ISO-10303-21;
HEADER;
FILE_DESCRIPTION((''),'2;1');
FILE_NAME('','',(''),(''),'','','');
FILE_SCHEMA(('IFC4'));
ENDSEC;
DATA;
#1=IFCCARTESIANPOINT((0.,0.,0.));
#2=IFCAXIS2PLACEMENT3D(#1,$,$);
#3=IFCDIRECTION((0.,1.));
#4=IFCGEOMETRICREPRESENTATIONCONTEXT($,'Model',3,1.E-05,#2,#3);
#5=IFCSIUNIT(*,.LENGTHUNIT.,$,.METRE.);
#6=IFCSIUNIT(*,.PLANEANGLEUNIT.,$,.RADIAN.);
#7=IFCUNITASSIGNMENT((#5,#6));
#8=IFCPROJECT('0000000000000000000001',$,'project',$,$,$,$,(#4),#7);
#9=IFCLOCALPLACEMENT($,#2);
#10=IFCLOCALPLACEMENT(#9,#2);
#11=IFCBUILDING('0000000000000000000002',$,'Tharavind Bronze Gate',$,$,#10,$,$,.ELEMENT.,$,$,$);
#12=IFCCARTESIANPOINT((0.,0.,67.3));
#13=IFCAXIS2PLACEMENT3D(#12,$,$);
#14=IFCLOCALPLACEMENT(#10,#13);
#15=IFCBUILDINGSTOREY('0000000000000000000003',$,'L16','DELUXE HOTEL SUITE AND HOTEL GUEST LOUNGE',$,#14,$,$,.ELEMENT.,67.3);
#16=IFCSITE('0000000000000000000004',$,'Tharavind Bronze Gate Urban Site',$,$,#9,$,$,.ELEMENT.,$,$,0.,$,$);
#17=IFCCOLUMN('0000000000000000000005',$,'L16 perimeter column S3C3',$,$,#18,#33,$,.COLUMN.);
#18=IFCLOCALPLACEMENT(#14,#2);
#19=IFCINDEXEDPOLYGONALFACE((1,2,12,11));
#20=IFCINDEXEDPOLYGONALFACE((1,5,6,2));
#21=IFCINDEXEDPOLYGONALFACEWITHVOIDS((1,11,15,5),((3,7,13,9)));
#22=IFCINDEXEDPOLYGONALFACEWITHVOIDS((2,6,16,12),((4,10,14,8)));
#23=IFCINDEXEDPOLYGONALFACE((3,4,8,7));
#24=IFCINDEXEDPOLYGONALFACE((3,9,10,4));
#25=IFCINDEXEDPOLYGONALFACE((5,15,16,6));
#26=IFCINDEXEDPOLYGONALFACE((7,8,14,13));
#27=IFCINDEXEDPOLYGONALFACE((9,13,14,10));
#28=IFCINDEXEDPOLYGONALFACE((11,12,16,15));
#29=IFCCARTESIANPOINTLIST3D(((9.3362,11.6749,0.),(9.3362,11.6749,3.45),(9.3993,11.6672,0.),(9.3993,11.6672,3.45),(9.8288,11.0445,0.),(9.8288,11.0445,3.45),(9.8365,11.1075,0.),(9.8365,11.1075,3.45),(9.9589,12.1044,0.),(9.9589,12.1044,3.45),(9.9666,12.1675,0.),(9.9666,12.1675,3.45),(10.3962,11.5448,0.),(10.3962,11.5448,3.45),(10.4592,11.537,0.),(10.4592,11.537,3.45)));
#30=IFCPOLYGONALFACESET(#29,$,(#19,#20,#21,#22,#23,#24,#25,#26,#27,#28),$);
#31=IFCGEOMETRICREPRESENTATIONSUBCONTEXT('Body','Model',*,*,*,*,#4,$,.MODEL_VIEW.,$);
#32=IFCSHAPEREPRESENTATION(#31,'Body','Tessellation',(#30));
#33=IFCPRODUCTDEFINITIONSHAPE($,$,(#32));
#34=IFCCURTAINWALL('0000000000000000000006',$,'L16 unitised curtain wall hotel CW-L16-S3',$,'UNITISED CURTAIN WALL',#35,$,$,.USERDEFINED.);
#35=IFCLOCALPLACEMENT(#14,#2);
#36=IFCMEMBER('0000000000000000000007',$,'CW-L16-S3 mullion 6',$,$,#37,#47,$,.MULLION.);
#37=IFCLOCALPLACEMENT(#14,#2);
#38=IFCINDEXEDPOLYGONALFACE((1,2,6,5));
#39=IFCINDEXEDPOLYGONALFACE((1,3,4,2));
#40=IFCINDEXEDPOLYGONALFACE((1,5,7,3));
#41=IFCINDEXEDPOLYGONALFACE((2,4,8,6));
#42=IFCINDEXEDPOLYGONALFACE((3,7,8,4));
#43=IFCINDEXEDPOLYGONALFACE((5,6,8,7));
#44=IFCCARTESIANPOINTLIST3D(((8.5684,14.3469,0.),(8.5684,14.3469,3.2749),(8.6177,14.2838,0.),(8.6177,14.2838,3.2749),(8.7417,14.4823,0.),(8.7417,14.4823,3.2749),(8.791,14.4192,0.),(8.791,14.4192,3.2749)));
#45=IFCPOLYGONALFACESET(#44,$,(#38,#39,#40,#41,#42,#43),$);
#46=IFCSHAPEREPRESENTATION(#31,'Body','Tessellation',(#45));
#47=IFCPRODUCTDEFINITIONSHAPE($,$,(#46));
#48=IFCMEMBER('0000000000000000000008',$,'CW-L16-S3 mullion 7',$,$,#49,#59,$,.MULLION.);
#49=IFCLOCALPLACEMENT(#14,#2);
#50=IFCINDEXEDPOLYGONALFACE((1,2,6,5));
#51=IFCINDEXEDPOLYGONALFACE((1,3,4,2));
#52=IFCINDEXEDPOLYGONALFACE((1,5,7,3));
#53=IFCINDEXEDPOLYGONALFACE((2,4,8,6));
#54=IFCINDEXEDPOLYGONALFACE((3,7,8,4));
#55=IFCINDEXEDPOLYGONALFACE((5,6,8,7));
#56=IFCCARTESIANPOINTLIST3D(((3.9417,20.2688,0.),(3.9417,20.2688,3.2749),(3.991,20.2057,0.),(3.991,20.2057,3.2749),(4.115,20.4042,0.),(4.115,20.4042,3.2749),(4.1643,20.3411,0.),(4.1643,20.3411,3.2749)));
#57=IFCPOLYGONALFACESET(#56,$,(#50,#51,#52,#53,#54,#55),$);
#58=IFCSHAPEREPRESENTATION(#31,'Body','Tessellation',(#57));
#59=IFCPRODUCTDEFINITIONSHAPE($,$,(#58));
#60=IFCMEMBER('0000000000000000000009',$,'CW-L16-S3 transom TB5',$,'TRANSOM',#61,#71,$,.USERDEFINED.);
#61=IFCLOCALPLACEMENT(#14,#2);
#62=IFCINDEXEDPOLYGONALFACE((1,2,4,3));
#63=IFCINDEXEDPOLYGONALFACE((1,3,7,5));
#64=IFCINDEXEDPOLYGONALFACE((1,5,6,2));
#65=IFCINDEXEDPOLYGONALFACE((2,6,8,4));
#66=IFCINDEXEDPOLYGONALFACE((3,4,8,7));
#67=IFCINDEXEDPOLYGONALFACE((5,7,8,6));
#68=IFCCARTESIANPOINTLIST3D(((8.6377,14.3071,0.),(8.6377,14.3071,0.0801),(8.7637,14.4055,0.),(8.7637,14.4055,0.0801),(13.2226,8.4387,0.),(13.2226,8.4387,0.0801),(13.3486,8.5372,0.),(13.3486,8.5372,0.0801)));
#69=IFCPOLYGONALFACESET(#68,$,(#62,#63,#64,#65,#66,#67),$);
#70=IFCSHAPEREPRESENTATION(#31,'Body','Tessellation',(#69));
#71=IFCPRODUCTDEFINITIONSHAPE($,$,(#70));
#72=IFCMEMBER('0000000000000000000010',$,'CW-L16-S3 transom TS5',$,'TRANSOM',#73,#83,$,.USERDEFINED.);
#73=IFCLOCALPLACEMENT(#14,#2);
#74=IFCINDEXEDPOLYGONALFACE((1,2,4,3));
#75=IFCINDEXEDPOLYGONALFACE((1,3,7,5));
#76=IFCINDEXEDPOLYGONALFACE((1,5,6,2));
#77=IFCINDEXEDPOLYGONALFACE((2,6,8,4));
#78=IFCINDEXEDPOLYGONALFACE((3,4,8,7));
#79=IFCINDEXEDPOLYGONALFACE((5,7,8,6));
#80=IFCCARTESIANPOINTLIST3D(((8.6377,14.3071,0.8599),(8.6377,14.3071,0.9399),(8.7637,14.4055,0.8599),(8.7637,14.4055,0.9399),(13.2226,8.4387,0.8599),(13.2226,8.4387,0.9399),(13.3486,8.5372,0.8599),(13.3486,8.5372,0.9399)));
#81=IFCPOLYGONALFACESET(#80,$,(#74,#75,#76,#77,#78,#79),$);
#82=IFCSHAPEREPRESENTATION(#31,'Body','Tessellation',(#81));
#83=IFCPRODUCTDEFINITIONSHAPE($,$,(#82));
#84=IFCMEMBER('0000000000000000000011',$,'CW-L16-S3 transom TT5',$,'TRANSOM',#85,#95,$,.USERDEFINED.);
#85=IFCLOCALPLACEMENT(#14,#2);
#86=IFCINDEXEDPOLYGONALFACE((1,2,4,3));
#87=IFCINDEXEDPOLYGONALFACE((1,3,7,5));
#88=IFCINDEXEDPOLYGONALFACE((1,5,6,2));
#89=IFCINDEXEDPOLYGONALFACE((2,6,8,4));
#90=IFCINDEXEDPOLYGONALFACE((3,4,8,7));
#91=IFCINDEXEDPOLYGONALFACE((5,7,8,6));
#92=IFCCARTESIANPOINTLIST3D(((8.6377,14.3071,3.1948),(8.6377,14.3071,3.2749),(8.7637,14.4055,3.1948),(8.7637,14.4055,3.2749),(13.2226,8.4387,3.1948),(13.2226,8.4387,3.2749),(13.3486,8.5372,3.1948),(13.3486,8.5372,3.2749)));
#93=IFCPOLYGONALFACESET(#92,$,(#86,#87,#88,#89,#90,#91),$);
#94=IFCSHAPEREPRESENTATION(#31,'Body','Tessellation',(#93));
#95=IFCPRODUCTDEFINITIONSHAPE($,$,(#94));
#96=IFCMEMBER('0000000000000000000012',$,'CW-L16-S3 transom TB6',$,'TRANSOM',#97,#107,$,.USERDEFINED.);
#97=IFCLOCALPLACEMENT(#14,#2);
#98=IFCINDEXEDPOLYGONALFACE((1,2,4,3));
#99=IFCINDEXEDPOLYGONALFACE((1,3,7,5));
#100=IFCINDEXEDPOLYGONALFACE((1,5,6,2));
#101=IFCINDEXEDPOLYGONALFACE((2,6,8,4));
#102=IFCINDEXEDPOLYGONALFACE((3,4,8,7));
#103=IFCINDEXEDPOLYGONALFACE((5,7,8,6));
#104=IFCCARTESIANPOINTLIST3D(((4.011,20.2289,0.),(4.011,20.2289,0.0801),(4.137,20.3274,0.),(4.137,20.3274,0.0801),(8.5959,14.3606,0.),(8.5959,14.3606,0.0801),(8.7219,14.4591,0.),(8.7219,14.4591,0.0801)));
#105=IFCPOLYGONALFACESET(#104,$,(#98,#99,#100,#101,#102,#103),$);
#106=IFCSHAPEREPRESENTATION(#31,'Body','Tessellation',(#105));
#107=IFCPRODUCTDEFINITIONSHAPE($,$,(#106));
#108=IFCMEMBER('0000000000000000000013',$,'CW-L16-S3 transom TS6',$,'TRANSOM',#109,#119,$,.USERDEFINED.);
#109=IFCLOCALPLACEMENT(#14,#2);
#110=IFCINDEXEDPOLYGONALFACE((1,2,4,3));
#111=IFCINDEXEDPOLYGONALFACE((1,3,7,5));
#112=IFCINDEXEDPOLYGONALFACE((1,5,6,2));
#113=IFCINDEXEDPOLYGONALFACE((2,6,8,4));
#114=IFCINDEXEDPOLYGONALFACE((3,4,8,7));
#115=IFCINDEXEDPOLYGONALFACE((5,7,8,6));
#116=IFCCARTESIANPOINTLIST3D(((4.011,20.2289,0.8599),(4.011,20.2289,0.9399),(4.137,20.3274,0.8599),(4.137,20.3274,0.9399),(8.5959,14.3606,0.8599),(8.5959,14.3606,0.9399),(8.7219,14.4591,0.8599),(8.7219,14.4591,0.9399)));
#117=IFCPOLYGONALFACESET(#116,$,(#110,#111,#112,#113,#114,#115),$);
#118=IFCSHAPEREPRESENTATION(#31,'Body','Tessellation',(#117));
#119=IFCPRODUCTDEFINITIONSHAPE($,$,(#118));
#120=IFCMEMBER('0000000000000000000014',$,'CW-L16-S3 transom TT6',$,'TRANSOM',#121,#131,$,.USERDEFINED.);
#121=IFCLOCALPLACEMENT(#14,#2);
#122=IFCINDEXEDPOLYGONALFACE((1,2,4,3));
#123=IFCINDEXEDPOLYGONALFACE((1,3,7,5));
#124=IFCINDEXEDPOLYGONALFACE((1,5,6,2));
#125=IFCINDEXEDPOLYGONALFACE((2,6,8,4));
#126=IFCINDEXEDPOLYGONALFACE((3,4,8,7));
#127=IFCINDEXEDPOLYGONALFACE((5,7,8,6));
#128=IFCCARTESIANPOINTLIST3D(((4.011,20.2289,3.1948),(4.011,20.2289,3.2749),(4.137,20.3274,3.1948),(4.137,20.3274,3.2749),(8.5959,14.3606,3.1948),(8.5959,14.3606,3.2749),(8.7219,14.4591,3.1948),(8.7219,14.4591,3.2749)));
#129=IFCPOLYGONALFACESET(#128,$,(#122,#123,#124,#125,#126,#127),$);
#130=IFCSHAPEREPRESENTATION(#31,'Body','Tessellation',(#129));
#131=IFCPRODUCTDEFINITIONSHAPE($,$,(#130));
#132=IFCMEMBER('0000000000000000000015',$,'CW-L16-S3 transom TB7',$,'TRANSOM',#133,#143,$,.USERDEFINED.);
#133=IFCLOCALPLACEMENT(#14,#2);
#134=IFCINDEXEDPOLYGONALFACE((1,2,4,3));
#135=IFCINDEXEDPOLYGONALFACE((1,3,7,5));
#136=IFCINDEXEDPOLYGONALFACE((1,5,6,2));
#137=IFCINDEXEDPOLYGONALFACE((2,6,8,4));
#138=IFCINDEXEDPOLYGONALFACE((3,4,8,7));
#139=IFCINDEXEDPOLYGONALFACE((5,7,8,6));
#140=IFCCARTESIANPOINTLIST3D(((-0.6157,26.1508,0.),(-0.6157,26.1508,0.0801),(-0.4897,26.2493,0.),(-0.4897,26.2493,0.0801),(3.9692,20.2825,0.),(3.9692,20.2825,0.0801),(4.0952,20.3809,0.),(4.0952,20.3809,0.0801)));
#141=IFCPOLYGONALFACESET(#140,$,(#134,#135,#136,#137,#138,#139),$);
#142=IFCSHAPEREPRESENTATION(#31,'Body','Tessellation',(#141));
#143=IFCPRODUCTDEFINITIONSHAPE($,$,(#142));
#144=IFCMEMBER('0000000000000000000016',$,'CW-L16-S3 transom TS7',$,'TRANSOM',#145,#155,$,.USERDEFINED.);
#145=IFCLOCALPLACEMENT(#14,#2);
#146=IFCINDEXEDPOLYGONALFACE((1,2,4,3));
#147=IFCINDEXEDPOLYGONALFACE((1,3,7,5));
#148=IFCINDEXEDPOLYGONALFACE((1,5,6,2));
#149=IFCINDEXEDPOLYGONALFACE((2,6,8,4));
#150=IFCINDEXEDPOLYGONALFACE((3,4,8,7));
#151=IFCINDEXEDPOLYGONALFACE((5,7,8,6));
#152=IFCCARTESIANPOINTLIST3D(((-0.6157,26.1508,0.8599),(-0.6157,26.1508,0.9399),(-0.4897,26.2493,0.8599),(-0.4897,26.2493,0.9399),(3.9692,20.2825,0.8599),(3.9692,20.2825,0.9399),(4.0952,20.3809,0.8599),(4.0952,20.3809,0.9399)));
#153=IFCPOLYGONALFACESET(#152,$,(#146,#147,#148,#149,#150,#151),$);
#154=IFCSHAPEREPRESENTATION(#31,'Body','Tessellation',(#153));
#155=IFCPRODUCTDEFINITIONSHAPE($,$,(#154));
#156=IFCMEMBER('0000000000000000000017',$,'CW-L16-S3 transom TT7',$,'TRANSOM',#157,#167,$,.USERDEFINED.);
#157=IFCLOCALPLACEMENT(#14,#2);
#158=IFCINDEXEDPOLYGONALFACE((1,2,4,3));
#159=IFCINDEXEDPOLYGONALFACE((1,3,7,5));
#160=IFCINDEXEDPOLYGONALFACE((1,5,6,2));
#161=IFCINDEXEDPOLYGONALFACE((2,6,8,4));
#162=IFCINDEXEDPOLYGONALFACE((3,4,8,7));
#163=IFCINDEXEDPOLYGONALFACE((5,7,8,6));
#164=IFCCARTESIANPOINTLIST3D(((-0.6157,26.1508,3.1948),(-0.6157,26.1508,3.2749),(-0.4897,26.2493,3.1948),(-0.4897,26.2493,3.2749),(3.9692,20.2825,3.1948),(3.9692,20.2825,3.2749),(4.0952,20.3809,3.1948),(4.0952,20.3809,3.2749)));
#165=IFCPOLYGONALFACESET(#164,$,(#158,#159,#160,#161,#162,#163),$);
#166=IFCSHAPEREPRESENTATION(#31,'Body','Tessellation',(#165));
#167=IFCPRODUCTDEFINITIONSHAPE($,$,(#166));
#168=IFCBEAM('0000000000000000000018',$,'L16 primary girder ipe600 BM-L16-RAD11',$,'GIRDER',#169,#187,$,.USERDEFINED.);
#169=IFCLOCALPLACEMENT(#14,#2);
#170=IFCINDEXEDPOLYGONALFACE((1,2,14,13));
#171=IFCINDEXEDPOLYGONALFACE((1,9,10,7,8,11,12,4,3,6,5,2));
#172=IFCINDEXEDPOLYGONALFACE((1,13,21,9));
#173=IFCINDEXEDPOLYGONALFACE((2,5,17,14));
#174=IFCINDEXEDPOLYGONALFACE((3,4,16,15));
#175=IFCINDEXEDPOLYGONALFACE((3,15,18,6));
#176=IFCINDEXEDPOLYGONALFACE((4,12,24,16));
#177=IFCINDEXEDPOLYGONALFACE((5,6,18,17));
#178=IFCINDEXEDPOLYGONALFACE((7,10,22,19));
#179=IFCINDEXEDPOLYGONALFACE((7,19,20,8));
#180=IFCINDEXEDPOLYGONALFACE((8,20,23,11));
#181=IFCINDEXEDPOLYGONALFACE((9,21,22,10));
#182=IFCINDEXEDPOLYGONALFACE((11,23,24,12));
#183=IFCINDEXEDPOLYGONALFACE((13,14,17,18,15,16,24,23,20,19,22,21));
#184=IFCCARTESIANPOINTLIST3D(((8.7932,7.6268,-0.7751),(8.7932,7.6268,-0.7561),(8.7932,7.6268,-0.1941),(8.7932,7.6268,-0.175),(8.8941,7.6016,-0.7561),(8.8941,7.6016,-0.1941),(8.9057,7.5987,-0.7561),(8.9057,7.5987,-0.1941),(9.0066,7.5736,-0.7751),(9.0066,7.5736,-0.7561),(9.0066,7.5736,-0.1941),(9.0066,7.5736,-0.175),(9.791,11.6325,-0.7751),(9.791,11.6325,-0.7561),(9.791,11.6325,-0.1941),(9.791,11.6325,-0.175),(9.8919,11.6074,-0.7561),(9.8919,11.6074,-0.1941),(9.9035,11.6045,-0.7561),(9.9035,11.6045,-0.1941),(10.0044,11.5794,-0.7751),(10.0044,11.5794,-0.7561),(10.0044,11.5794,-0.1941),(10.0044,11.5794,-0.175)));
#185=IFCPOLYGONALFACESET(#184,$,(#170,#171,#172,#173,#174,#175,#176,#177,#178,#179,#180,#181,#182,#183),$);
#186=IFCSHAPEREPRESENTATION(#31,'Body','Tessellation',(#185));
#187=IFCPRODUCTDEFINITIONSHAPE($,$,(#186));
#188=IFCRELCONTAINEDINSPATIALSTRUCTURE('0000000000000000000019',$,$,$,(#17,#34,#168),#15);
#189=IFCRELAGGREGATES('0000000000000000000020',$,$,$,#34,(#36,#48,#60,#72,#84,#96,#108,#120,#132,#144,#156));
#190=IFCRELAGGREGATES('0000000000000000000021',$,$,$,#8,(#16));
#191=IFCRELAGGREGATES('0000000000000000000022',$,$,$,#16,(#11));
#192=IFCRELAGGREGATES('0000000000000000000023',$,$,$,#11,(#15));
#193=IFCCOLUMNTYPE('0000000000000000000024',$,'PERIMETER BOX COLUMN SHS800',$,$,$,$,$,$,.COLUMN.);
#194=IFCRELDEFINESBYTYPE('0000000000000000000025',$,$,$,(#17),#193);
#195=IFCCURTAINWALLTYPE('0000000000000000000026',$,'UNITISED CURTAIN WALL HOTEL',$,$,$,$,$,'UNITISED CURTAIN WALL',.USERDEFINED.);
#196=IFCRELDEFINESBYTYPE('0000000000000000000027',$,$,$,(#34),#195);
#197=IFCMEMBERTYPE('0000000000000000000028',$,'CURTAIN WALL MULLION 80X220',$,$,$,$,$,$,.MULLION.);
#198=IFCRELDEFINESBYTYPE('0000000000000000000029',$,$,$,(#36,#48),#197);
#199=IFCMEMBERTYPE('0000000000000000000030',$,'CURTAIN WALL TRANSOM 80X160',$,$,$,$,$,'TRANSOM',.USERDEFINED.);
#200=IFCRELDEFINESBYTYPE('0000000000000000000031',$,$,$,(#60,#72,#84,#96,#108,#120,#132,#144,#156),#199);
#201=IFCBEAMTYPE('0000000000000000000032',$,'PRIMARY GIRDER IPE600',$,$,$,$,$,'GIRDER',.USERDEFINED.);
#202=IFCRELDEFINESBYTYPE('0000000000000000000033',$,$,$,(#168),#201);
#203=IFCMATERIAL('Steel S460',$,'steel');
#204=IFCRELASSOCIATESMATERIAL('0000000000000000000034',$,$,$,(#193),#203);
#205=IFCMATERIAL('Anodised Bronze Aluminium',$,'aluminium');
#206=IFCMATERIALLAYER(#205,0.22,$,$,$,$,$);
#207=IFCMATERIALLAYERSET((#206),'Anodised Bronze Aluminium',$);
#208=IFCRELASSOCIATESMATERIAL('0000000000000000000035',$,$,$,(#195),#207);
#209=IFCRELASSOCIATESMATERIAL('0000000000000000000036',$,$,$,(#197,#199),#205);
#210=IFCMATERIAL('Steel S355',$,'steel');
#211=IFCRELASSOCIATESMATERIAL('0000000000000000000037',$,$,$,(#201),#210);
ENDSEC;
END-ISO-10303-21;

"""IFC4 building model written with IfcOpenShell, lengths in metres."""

from ifc_helpers import new_model, si_unit, direction, frame, origin, origin_2d, place, context, subcontext, project, spatial, rectangle, hollow_rectangle, i_section, extrude, material, layer, layer_set, material_profile, profile_set, type_object, element, aggregate, save


model = new_model("IFC4")

# Units and contexts
model_context = context("Model", 3, precision=1e-05, world=origin(), true_north=direction((0.0, 1.0)))
body_context = subcontext(model_context, "Body", "Model", "MODEL_VIEW")
ifc_project = project(units=[si_unit("LENGTHUNIT", "METRE"), si_unit("PLANEANGLEUNIT", "RADIAN")], contexts=[model_context])

# Site, building, storey
site_placement = place(None, origin())
site = spatial("IfcSite", under=ifc_project, at=site_placement, Name="Tharavind Bronze Gate Urban Site", CompositionType="ELEMENT", RefElevation=0.0)
building_placement = place(site_placement, origin())
building = spatial("IfcBuilding", under=site, at=building_placement, Name="Tharavind Bronze Gate", CompositionType="ELEMENT")
storey_placement = place(building_placement, frame((0.0, 0.0, 67.3)))
storey = spatial("IfcBuildingStorey", under=building, at=storey_placement, Name="L16", Description="DELUXE HOTEL SUITE AND HOTEL GUEST LOUNGE", CompositionType="ELEMENT", Elevation=67.3)

# Column
ifc_material_1 = material(Name="Steel S460", Category="steel")
ifc_material_profile_1 = material_profile(ifc_material_1, hollow_rectangle(XDim=0.8, YDim=0.8, WallThickness=0.0449, at=origin_2d()), Name="SHS800X45")
ifc_profile_set_1 = profile_set([ifc_material_profile_1], Name="Steel S460")
column_type = type_object("IfcColumnType", Name="PERIMETER BOX COLUMN SHS800", PredefinedType="COLUMN", material=ifc_profile_set_1)
column_placement = place(storey_placement, frame((9.8977, 11.606, 0.0), z_axis=(0.0, 0.0, 1.0), x_axis=(-0.615661, 0.788011, 0.0)))
element("IfcColumn", 1, at=column_placement, inside=storey, type_object=column_type, Name="L16 perimeter column S3C3", PredefinedType="COLUMN", context=body_context, shape_type="SweptSolid", body=[
    extrude(hollow_rectangle(XDim=0.8, YDim=0.8, WallThickness=0.0449, at=origin_2d()), origin(), (0.0, 0.0, 1.0), 3.45),
])

# Curtain wall, members
ifc_material_2 = material(Name="Anodised Bronze Aluminium", Category="aluminium")
ifc_layer_1 = layer(ifc_material_2, 0.22)
ifc_layer_set_1 = layer_set([ifc_layer_1], Name="Anodised Bronze Aluminium")
curtain_wall_type = type_object("IfcCurtainWallType", Name="UNITISED CURTAIN WALL HOTEL", ElementType="UNITISED CURTAIN WALL", PredefinedType="USERDEFINED", material=ifc_layer_set_1)
curtain_wall_placement = place(storey_placement, origin())
curtain_wall = element("IfcCurtainWall", 2, at=curtain_wall_placement, inside=storey, type_object=curtain_wall_type, Name="L16 unitised curtain wall hotel CW-L16-S3", ObjectType="UNITISED CURTAIN WALL", PredefinedType="USERDEFINED")
member_type_1 = type_object("IfcMemberType", Name="CURTAIN WALL MULLION 80X220", PredefinedType="MULLION", material=ifc_material_2)
member_1_placement = place(storey_placement, frame((8.6797, 14.3831, 0.0), z_axis=(0.0, 0.0, 1.0), x_axis=(-0.615661, 0.788011, 0.0)))
member_1 = element("IfcMember", 3, at=member_1_placement, type_object=member_type_1, Name="CW-L16-S3 mullion 6", PredefinedType="MULLION", context=body_context, shape_type="SweptSolid", body=[
    extrude(rectangle(XDim=0.0801, YDim=0.22, at=origin_2d()), origin(), (0.0, 0.0, 1.0), 3.2749),
])
member_2_placement = place(storey_placement, frame((4.053, 20.3049, 0.0), z_axis=(0.0, 0.0, 1.0), x_axis=(-0.615661, 0.788011, 0.0)))
member_2 = element("IfcMember", 4, at=member_2_placement, type_object=member_type_1, Name="CW-L16-S3 mullion 7", PredefinedType="MULLION", context=body_context, shape_type="SweptSolid", body=[
    extrude(rectangle(XDim=0.0801, YDim=0.22, at=origin_2d()), origin(), (0.0, 0.0, 1.0), 3.2749),
])
member_type_2 = type_object("IfcMemberType", Name="CURTAIN WALL TRANSOM 80X160", ElementType="TRANSOM", PredefinedType="USERDEFINED", material=ifc_material_2)
member_3_placement = place(storey_placement, frame((10.9932, 11.4221, 0.0), z_axis=(0.0, 0.0, 1.0), x_axis=(-0.615661, 0.788011, 0.0)))
member_3 = element("IfcMember", 5, at=member_3_placement, type_object=member_type_2, Name="CW-L16-S3 transom TB5", ObjectType="TRANSOM", PredefinedType="USERDEFINED", context=body_context, shape_type="SweptSolid", body=[
    extrude(rectangle(XDim=7.447, YDim=0.1599, at=origin_2d()), origin(), (0.0, 0.0, 1.0), 0.0801),
])
member_4_placement = place(storey_placement, frame((10.9932, 11.4221, 0.8599), z_axis=(0.0, 0.0, 1.0), x_axis=(-0.615661, 0.788011, 0.0)))
member_4 = element("IfcMember", 6, at=member_4_placement, type_object=member_type_2, Name="CW-L16-S3 transom TS5", ObjectType="TRANSOM", PredefinedType="USERDEFINED", context=body_context, shape_type="SweptSolid", body=[
    extrude(rectangle(XDim=7.447, YDim=0.1599, at=origin_2d()), origin(), (0.0, 0.0, 1.0), 0.0801),
])
member_5_placement = place(storey_placement, frame((10.9932, 11.4221, 3.1948), z_axis=(0.0, 0.0, 1.0), x_axis=(-0.615661, 0.788011, 0.0)))
member_5 = element("IfcMember", 7, at=member_5_placement, type_object=member_type_2, Name="CW-L16-S3 transom TT5", ObjectType="TRANSOM", PredefinedType="USERDEFINED", context=body_context, shape_type="SweptSolid", body=[
    extrude(rectangle(XDim=7.447, YDim=0.1599, at=origin_2d()), origin(), (0.0, 0.0, 1.0), 0.0801),
])
member_6_placement = place(storey_placement, frame((6.3665, 17.344, 0.0), z_axis=(0.0, 0.0, 1.0), x_axis=(-0.615661, 0.788011, 0.0)))
member_6 = element("IfcMember", 8, at=member_6_placement, type_object=member_type_2, Name="CW-L16-S3 transom TB6", ObjectType="TRANSOM", PredefinedType="USERDEFINED", context=body_context, shape_type="SweptSolid", body=[
    extrude(rectangle(XDim=7.447, YDim=0.1599, at=origin_2d()), origin(), (0.0, 0.0, 1.0), 0.0801),
])
member_7_placement = place(storey_placement, frame((6.3665, 17.344, 0.8599), z_axis=(0.0, 0.0, 1.0), x_axis=(-0.615661, 0.788011, 0.0)))
member_7 = element("IfcMember", 9, at=member_7_placement, type_object=member_type_2, Name="CW-L16-S3 transom TS6", ObjectType="TRANSOM", PredefinedType="USERDEFINED", context=body_context, shape_type="SweptSolid", body=[
    extrude(rectangle(XDim=7.447, YDim=0.1599, at=origin_2d()), origin(), (0.0, 0.0, 1.0), 0.0801),
])
member_8_placement = place(storey_placement, frame((6.3665, 17.344, 3.1948), z_axis=(0.0, 0.0, 1.0), x_axis=(-0.615661, 0.788011, 0.0)))
member_8 = element("IfcMember", 10, at=member_8_placement, type_object=member_type_2, Name="CW-L16-S3 transom TT6", ObjectType="TRANSOM", PredefinedType="USERDEFINED", context=body_context, shape_type="SweptSolid", body=[
    extrude(rectangle(XDim=7.447, YDim=0.1599, at=origin_2d()), origin(), (0.0, 0.0, 1.0), 0.0801),
])
member_9_placement = place(storey_placement, frame((1.7397, 23.2659, 0.0), z_axis=(0.0, 0.0, 1.0), x_axis=(-0.615661, 0.788011, 0.0)))
member_9 = element("IfcMember", 11, at=member_9_placement, type_object=member_type_2, Name="CW-L16-S3 transom TB7", ObjectType="TRANSOM", PredefinedType="USERDEFINED", context=body_context, shape_type="SweptSolid", body=[
    extrude(rectangle(XDim=7.447, YDim=0.1599, at=origin_2d()), origin(), (0.0, 0.0, 1.0), 0.0801),
])
member_10_placement = place(storey_placement, frame((1.7397, 23.2659, 0.8599), z_axis=(0.0, 0.0, 1.0), x_axis=(-0.615661, 0.788011, 0.0)))
member_10 = element("IfcMember", 12, at=member_10_placement, type_object=member_type_2, Name="CW-L16-S3 transom TS7", ObjectType="TRANSOM", PredefinedType="USERDEFINED", context=body_context, shape_type="SweptSolid", body=[
    extrude(rectangle(XDim=7.447, YDim=0.1599, at=origin_2d()), origin(), (0.0, 0.0, 1.0), 0.0801),
])
member_11_placement = place(storey_placement, frame((1.7397, 23.2659, 3.1948), z_axis=(0.0, 0.0, 1.0), x_axis=(-0.615661, 0.788011, 0.0)))
member_11 = element("IfcMember", 13, at=member_11_placement, type_object=member_type_2, Name="CW-L16-S3 transom TT7", ObjectType="TRANSOM", PredefinedType="USERDEFINED", context=body_context, shape_type="SweptSolid", body=[
    extrude(rectangle(XDim=7.447, YDim=0.1599, at=origin_2d()), origin(), (0.0, 0.0, 1.0), 0.0801),
])

# Beam
ifc_material_3 = material(Name="Steel S355", Category="steel")
ifc_material_profile_2 = material_profile(ifc_material_3, i_section(OverallWidth=0.22, OverallDepth=0.6001, WebThickness=0.012, FlangeThickness=0.019, at=origin_2d()), Name="IPE600")
ifc_profile_set_2 = profile_set([ifc_material_profile_2], Name="Steel S355")
beam_type_1 = type_object("IfcBeamType", Name="PRIMARY GIRDER IPE600", ElementType="GIRDER", PredefinedType="USERDEFINED", material=ifc_profile_set_2)
beam_1_placement = place(storey_placement, frame((9.8977, 11.606, -0.4751), z_axis=(-0.241701, -0.970351, 0.0), x_axis=(0.970351, -0.241701, 0.0)))
element("IfcBeam", 14, at=beam_1_placement, inside=storey, type_object=beam_type_1, Name="L16 primary girder ipe600 BM-L16-RAD11", ObjectType="GIRDER", PredefinedType="USERDEFINED", context=body_context, shape_type="SweptSolid", body=[
    extrude(i_section(OverallWidth=0.22, OverallDepth=0.6001, WebThickness=0.012, FlangeThickness=0.019, at=origin_2d()), origin(), (0.0, 0.0, 1.0), 4.1282),
])

aggregate(curtain_wall, [member_1, member_2, member_3, member_4, member_5, member_6, member_7, member_8, member_9, member_10, member_11])

save(model, "model.ifc")
